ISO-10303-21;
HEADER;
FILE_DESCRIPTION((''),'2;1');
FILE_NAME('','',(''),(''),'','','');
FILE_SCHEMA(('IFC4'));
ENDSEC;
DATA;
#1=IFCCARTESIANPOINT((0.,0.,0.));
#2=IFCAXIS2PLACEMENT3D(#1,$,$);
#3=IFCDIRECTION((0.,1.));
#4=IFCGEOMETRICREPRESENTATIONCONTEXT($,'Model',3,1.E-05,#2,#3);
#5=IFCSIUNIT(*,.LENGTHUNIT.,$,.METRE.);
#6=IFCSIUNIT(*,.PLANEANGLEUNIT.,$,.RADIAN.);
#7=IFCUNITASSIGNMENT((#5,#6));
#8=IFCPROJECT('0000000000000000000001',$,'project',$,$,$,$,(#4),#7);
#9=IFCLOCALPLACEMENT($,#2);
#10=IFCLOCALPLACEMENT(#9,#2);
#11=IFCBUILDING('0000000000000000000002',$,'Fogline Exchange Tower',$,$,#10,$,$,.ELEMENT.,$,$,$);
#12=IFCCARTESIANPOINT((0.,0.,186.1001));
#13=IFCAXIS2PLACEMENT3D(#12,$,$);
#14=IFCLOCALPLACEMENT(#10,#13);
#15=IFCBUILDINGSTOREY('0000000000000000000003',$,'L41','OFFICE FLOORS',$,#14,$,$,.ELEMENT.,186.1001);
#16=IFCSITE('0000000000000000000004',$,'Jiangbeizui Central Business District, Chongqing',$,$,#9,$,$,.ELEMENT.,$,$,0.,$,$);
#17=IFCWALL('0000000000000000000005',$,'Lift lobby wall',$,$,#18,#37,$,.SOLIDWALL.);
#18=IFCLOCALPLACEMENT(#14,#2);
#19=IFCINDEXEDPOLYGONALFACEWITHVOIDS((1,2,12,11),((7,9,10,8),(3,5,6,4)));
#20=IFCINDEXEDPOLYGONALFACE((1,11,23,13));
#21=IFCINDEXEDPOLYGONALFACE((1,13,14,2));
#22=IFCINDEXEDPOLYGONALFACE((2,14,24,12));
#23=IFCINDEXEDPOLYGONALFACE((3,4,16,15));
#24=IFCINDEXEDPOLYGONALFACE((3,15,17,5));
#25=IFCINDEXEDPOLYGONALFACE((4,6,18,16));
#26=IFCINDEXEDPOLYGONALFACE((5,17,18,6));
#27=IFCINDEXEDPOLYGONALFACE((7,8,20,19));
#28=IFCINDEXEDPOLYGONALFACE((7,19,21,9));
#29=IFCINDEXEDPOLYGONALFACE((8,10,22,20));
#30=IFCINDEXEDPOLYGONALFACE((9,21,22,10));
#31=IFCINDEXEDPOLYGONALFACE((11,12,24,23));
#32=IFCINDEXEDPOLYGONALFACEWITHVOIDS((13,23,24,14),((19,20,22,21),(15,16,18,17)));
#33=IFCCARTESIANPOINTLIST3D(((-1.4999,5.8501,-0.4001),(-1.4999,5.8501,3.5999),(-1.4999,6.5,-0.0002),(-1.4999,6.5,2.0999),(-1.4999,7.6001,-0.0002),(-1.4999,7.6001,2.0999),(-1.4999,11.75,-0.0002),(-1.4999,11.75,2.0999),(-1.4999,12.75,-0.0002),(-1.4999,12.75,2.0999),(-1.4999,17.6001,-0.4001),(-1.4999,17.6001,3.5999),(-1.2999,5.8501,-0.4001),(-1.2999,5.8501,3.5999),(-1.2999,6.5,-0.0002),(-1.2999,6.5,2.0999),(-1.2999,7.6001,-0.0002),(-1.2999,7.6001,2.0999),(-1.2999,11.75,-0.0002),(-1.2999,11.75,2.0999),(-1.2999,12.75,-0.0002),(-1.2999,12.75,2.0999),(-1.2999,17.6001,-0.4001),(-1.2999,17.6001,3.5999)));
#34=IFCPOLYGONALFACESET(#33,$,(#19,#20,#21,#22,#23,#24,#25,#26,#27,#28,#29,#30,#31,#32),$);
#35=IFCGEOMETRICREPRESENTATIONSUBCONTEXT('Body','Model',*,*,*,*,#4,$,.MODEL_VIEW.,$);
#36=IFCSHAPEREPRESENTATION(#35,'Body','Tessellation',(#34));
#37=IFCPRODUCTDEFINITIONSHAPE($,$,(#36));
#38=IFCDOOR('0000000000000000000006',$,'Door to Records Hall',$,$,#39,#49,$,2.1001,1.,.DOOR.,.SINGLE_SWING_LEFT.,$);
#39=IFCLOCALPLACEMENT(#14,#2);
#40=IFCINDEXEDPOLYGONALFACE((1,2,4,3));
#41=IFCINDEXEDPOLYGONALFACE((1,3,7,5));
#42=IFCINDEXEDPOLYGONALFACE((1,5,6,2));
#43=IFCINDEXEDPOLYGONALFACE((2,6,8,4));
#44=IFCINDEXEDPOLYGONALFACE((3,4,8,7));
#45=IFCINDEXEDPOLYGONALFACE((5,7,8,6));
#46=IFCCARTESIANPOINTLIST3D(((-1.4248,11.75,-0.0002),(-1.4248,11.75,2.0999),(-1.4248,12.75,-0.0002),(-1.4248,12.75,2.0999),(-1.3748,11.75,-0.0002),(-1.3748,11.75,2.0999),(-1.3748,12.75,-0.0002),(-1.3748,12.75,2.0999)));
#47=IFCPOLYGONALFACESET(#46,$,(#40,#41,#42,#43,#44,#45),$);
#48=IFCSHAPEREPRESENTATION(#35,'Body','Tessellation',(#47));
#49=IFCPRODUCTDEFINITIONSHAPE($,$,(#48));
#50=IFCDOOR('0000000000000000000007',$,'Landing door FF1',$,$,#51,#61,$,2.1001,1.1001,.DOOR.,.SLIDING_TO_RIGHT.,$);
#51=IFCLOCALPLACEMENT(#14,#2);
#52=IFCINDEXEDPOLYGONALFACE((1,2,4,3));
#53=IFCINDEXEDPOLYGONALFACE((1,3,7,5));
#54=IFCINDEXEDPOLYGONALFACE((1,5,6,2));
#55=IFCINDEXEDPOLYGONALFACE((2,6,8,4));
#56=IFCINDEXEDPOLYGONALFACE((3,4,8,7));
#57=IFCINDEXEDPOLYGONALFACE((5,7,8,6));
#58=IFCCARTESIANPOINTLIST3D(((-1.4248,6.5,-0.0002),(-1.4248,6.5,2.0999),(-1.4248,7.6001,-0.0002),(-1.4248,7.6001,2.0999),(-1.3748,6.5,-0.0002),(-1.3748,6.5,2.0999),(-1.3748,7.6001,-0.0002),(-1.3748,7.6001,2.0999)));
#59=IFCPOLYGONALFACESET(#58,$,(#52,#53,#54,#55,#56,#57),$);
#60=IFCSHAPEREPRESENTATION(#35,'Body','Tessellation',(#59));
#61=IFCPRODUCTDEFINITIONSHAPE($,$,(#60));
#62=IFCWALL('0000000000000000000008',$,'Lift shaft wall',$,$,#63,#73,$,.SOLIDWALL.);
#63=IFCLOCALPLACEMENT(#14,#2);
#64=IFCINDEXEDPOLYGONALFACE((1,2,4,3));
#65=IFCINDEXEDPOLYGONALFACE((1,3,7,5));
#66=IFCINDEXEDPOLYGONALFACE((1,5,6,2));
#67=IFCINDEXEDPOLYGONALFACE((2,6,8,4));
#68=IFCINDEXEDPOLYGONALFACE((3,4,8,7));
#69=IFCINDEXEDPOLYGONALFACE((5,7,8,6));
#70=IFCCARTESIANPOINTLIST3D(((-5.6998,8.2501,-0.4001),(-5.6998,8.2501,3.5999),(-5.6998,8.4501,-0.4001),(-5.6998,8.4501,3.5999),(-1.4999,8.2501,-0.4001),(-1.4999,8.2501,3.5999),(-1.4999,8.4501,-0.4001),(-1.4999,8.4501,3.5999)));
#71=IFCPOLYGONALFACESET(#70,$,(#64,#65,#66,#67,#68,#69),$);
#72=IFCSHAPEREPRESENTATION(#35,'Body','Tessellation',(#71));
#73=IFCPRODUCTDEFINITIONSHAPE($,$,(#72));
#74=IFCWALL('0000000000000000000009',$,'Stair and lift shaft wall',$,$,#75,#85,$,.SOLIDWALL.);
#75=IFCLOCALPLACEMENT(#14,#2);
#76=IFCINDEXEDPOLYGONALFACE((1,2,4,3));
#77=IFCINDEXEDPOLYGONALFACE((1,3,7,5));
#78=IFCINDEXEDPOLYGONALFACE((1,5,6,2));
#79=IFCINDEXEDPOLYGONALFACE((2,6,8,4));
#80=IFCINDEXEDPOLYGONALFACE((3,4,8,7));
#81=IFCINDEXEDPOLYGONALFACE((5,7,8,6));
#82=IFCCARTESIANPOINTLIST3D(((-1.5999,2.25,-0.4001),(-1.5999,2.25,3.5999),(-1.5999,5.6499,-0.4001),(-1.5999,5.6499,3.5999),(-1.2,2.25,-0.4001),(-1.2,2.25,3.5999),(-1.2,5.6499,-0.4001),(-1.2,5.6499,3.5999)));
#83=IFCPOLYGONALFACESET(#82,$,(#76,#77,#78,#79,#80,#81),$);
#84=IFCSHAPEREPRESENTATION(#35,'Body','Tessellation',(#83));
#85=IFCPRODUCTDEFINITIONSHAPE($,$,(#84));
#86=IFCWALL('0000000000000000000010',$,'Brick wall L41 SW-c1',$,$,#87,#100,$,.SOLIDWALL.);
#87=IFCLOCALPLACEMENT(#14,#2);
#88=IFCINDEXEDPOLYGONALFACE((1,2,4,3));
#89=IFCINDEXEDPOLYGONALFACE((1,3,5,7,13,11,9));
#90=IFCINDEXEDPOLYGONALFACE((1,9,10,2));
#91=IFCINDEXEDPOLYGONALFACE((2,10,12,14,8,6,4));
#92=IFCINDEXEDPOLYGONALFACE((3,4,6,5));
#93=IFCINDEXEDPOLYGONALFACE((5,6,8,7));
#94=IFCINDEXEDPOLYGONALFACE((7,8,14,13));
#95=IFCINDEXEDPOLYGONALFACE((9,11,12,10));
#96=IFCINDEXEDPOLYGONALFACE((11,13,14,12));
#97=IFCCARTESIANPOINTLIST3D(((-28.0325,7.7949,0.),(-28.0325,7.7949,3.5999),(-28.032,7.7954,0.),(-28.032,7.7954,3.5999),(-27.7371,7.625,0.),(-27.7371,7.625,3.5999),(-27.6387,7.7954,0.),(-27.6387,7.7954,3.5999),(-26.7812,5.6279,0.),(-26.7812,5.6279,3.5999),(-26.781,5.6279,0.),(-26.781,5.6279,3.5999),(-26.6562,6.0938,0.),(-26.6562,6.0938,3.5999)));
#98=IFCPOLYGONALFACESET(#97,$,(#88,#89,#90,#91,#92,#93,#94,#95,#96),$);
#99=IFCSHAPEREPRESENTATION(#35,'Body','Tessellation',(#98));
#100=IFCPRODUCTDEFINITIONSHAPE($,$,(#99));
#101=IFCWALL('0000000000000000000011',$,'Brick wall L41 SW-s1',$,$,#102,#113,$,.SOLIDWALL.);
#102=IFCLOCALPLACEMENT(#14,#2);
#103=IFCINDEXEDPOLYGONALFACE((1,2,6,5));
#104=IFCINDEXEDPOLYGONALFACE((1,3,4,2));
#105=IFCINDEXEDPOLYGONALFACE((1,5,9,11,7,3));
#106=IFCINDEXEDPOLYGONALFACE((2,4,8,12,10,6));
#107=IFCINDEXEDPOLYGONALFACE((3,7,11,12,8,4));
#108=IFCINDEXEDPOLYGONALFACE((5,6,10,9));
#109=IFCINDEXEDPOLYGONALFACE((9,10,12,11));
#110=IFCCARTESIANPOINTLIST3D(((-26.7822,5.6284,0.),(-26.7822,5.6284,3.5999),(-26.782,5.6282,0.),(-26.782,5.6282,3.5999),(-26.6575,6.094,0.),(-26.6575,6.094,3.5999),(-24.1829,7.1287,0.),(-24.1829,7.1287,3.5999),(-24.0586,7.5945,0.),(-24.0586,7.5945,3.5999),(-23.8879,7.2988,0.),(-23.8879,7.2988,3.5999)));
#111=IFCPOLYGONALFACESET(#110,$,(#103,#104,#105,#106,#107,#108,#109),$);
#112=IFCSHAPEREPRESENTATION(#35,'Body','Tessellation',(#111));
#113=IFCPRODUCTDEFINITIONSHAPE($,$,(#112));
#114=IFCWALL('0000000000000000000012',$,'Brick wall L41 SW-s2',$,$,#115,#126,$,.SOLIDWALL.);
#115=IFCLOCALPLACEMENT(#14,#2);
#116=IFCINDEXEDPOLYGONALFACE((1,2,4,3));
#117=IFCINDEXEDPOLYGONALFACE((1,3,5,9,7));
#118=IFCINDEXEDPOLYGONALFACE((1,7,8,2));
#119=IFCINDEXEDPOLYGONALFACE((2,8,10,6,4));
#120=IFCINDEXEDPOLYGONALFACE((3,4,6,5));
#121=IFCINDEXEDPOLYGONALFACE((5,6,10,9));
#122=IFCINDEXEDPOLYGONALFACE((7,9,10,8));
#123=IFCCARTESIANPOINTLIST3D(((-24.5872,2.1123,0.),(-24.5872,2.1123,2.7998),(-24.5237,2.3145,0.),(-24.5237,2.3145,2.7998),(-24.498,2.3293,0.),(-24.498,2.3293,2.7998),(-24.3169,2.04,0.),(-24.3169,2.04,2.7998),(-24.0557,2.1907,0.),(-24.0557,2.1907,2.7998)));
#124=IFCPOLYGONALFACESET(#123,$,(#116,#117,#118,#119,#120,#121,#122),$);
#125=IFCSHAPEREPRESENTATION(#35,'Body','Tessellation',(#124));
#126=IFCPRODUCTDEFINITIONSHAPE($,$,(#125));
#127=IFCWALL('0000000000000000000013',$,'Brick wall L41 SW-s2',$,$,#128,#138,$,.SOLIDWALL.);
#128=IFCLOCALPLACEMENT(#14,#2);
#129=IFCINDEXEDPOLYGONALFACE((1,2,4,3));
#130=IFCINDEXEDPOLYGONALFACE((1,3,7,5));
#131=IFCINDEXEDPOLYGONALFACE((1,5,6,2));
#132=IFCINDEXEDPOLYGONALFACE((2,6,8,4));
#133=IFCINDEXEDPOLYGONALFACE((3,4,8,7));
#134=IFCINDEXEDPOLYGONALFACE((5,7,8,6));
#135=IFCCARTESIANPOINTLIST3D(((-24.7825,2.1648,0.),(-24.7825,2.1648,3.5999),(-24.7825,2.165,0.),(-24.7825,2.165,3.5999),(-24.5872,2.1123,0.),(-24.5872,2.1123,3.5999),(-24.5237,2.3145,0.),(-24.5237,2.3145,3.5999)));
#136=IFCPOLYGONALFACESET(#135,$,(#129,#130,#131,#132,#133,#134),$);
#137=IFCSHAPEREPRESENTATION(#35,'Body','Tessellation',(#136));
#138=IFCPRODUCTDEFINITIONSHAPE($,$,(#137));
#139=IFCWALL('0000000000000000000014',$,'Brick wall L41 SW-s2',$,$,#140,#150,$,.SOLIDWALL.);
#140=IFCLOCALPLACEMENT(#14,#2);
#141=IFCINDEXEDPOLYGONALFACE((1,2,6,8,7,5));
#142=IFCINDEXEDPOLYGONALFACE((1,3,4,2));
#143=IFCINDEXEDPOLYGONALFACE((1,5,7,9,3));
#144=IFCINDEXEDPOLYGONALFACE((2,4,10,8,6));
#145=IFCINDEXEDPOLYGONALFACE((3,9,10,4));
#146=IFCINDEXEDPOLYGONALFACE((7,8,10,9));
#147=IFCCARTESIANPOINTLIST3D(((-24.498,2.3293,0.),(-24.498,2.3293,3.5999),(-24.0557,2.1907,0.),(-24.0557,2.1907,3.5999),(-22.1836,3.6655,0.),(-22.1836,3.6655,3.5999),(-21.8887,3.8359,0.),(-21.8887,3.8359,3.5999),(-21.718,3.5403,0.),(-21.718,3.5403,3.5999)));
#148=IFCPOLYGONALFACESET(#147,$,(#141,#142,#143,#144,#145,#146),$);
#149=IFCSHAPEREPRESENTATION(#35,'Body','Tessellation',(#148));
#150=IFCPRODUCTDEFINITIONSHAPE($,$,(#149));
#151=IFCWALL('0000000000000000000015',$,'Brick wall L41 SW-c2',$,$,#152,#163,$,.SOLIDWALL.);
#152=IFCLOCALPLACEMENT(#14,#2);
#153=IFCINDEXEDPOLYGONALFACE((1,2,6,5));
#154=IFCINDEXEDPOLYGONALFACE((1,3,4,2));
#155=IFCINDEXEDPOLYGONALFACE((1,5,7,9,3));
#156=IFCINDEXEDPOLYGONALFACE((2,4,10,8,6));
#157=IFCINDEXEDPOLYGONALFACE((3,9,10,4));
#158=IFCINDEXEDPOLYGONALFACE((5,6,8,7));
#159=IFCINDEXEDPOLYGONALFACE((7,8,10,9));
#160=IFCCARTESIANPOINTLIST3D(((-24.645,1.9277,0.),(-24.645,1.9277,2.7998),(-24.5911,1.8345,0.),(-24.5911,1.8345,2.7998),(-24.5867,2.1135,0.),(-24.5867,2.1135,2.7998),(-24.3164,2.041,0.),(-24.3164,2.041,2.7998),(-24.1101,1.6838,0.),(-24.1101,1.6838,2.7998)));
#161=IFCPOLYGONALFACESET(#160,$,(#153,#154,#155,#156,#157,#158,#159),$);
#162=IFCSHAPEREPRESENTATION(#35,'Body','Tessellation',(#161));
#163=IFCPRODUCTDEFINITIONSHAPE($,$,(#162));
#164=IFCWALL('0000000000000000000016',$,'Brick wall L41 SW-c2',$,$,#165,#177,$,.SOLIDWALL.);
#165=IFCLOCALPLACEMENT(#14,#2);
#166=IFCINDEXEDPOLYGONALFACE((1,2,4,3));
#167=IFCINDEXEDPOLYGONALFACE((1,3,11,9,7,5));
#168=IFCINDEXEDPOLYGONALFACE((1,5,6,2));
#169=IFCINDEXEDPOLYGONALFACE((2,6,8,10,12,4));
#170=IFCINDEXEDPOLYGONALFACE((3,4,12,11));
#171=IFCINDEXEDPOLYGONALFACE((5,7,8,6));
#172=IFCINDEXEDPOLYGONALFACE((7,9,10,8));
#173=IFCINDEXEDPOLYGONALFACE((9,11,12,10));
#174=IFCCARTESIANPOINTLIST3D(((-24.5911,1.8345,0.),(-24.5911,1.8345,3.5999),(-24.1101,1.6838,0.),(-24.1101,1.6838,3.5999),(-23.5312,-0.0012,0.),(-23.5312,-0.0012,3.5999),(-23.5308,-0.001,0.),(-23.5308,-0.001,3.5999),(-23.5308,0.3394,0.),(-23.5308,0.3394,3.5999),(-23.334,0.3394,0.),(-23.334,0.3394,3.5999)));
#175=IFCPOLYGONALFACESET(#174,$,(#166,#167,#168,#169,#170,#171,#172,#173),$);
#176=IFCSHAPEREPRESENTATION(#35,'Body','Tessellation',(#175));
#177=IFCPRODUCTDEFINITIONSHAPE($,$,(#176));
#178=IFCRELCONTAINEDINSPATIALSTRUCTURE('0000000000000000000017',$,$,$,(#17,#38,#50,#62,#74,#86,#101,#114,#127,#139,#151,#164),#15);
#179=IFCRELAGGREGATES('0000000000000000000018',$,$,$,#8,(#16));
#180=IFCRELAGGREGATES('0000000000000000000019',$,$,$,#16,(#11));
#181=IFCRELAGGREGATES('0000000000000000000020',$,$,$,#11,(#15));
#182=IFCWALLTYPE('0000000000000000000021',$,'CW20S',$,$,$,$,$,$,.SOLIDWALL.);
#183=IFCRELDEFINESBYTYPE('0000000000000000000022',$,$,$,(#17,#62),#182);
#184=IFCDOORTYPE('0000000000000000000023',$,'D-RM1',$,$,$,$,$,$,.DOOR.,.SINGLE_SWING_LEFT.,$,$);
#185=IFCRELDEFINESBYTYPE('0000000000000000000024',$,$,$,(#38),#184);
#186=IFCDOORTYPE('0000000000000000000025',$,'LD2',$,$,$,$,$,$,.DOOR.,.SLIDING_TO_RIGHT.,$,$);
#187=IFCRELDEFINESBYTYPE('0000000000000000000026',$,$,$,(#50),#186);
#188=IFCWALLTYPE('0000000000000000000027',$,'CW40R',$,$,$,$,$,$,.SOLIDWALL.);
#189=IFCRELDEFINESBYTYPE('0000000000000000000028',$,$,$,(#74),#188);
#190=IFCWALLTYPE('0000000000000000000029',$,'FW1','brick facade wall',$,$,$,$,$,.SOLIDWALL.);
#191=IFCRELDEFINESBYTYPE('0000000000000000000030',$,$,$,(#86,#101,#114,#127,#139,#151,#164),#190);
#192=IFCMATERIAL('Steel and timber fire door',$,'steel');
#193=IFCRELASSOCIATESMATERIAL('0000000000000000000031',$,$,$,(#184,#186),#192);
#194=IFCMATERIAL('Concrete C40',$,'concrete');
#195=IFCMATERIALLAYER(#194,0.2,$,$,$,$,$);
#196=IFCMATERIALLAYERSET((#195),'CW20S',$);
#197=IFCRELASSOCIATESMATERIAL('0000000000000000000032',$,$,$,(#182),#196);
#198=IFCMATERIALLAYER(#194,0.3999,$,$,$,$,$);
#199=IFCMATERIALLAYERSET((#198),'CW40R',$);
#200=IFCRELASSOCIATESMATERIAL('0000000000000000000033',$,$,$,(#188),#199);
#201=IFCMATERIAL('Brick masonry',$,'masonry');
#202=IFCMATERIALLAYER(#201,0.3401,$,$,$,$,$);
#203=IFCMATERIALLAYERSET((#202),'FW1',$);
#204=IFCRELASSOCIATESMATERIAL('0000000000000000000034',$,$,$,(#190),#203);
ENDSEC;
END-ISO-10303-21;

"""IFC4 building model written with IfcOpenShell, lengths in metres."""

from ifc_helpers import new_model, si_unit, direction, frame, frame_2d, origin, place, context, subcontext, project, spatial, polyline, rectangle, outline, extrude, material, layer, layer_set, type_object, element, fill, save


model = new_model("IFC4")

# Units and contexts
model_context = context("Model", 3, precision=1e-05, world=origin(), true_north=direction((0.0, 1.0)))
body_context = subcontext(model_context, "Body", "Model", "MODEL_VIEW")
ifc_project = project(units=[si_unit("LENGTHUNIT", "METRE"), si_unit("PLANEANGLEUNIT", "RADIAN")], contexts=[model_context])

# Site, building, storey
site_placement = place(None, origin())
site = spatial("IfcSite", under=ifc_project, at=site_placement, Name="Jiangbeizui Central Business District, Chongqing", CompositionType="ELEMENT", RefElevation=0.0)
building_placement = place(site_placement, origin())
building = spatial("IfcBuilding", under=site, at=building_placement, Name="Fogline Exchange Tower", CompositionType="ELEMENT")
storey_placement = place(building_placement, frame((0.0, 0.0, 186.1001)))
storey = spatial("IfcBuildingStorey", under=building, at=storey_placement, Name="L41", Description="OFFICE FLOORS", CompositionType="ELEMENT", Elevation=186.1001)

# Shared definitions
ifc_material_1 = material(Name="Concrete C40", Category="concrete")

# Shared definitions
ifc_material_2 = material(Name="Steel and timber fire door", Category="steel")
door_type_1 = type_object("IfcDoorType", Name="D-RM1", OperationType="SINGLE_SWING_LEFT", PredefinedType="DOOR", material=ifc_material_2)
ifc_layer_1 = layer(ifc_material_1, 0.2)
ifc_layer_set_1 = layer_set([ifc_layer_1], Name="CW20S")
wall_type_1 = type_object("IfcWallType", Name="CW20S", PredefinedType="SOLIDWALL", material=ifc_layer_set_1)

# Wall, openings, doors
wall_1_placement = place(storey_placement, frame((-1.3999, 5.8501, -0.4001), z_axis=(0.0, 0.0, 1.0), x_axis=(0.0, 1.0, 0.0)))
wall_1 = element("IfcWall", 1, at=wall_1_placement, inside=storey, type_object=wall_type_1, Name="Lift lobby wall", PredefinedType="SOLIDWALL", context=body_context, shape_type="SweptSolid", body=[
    extrude(rectangle(XDim=11.75, YDim=0.2, at=frame_2d((5.875, 0.0))), origin(), (0.0, 0.0, 1.0), 4.0),
])
opening_1_placement = place(wall_1_placement, frame((0.6499, 0.0, 0.3999)))
opening_1 = element("IfcOpeningElement", 2, at=opening_1_placement, cuts=wall_1, PredefinedType="OPENING", context=body_context, shape_type="SweptSolid", body=[
    extrude(rectangle(XDim=1.1001, YDim=2.1001, at=frame_2d((0.55, 1.05))), frame((0.0, 0.1099, 0.0), z_axis=(0.0, -1.0, 0.0), x_axis=(1.0, 0.0, 0.0)), (0.0, 0.0, 1.0), 0.22),
])
opening_2_placement = place(wall_1_placement, frame((5.8999, 0.0, 0.3999)))
opening_2 = element("IfcOpeningElement", 3, at=opening_2_placement, cuts=wall_1, PredefinedType="OPENING", context=body_context, shape_type="SweptSolid", body=[
    extrude(rectangle(XDim=1.0, YDim=2.1001, at=frame_2d((0.5, 1.05))), frame((0.0, 0.1099, 0.0), z_axis=(0.0, -1.0, 0.0), x_axis=(1.0, 0.0, 0.0)), (0.0, 0.0, 1.0), 0.22),
])
door_1_placement = place(opening_2_placement, origin())
door_1 = element("IfcDoor", 4, at=door_1_placement, inside=storey, type_object=door_type_1, Name="Door to Records Hall", OperationType="SINGLE_SWING_LEFT", OverallHeight=2.1001, OverallWidth=1.0, PredefinedType="DOOR", context=body_context, shape_type="SweptSolid", body=[
    extrude(rectangle(XDim=1.0, YDim=2.1001, at=frame_2d((0.5, 1.05))), frame((0.0, 0.0249, 0.0), z_axis=(0.0, -1.0, 0.0), x_axis=(1.0, 0.0, 0.0)), (0.0, 0.0, 1.0), 0.05),
])
fill(opening_2, door_1)
door_type_2 = type_object("IfcDoorType", Name="LD2", OperationType="SLIDING_TO_RIGHT", PredefinedType="DOOR", material=ifc_material_2)
door_2_placement = place(opening_1_placement, origin())
door_2 = element("IfcDoor", 5, at=door_2_placement, inside=storey, type_object=door_type_2, Name="Landing door FF1", OperationType="SLIDING_TO_RIGHT", OverallHeight=2.1001, OverallWidth=1.1001, PredefinedType="DOOR", context=body_context, shape_type="SweptSolid", body=[
    extrude(rectangle(XDim=1.1001, YDim=2.1001, at=frame_2d((0.55, 1.05))), frame((0.0, 0.0249, 0.0), z_axis=(0.0, -1.0, 0.0), x_axis=(1.0, 0.0, 0.0)), (0.0, 0.0, 1.0), 0.05),
])
fill(opening_1, door_2)

# Walls
wall_2_placement = place(storey_placement, frame((-5.7, 8.3501, -0.4001), z_axis=(0.0, 0.0, 1.0), x_axis=(1.0, 0.0, 0.0)))
element("IfcWall", 6, at=wall_2_placement, inside=storey, type_object=wall_type_1, Name="Lift shaft wall", PredefinedType="SOLIDWALL", context=body_context, shape_type="SweptSolid", body=[
    extrude(rectangle(XDim=4.2, YDim=0.2, at=frame_2d((2.1001, 0.0))), origin(), (0.0, 0.0, 1.0), 4.0),
])
ifc_layer_2 = layer(ifc_material_1, 0.3999)
ifc_layer_set_2 = layer_set([ifc_layer_2], Name="CW40R")
wall_type_2 = type_object("IfcWallType", Name="CW40R", PredefinedType="SOLIDWALL", material=ifc_layer_set_2)
wall_3_placement = place(storey_placement, frame((-1.3999, 2.25, -0.4001), z_axis=(0.0, 0.0, 1.0), x_axis=(0.0, 1.0, 0.0)))
element("IfcWall", 7, at=wall_3_placement, inside=storey, type_object=wall_type_2, Name="Stair and lift shaft wall", PredefinedType="SOLIDWALL", context=body_context, shape_type="SweptSolid", body=[
    extrude(rectangle(XDim=3.3999, YDim=0.3999, at=frame_2d((1.7, 0.0))), origin(), (0.0, 0.0, 1.0), 4.0),
])
ifc_material_3 = material(Name="Brick masonry", Category="masonry")
ifc_layer_3 = layer(ifc_material_3, 0.3401)
ifc_layer_set_3 = layer_set([ifc_layer_3], Name="FW1")
wall_type_3 = type_object("IfcWallType", Name="FW1", Description="brick facade wall", PredefinedType="SOLIDWALL", material=ifc_layer_set_3)
wall_4_placement = place(storey_placement, origin())
element("IfcWall", 8, at=wall_4_placement, inside=storey, type_object=wall_type_3, Name="Brick wall L41 SW-c1", PredefinedType="SOLIDWALL", context=body_context, shape_type="SweptSolid", body=[
    extrude(outline(polyline([(-26.7812, 5.6279), (-28.0325, 7.7949), (-28.032, 7.7954), (-27.7371, 7.625), (-27.6387, 7.7954), (-26.6562, 6.0938), (-26.781, 5.6279), (-26.7812, 5.6279)])), origin(), (0.0, 0.0, 1.0), 3.5999),
])
wall_5_placement = place(storey_placement, origin())
element("IfcWall", 9, at=wall_5_placement, inside=storey, type_object=wall_type_3, Name="Brick wall L41 SW-s1", PredefinedType="SOLIDWALL", context=body_context, shape_type="SweptSolid", body=[
    extrude(outline(polyline([(-24.0586, 7.5945), (-23.8879, 7.2988), (-24.1829, 7.1287), (-26.782, 5.6282), (-26.7822, 5.6284), (-26.6575, 6.094), (-24.0586, 7.5945)])), origin(), (0.0, 0.0, 1.0), 3.5999),
])
wall_6_placement = place(storey_placement, origin())
element("IfcWall", 10, at=wall_6_placement, inside=storey, type_object=wall_type_3, Name="Brick wall L41 SW-s2", PredefinedType="SOLIDWALL", context=body_context, shape_type="SweptSolid", body=[
    extrude(outline(polyline([(-24.498, 2.3293), (-24.0557, 2.1907), (-24.3169, 2.04), (-24.5872, 2.1123), (-24.5237, 2.3145), (-24.498, 2.3293)])), origin(), (0.0, 0.0, 1.0), 2.7998),
])
wall_7_placement = place(storey_placement, origin())
element("IfcWall", 11, at=wall_7_placement, inside=storey, type_object=wall_type_3, Name="Brick wall L41 SW-s2", PredefinedType="SOLIDWALL", context=body_context, shape_type="SweptSolid", body=[
    extrude(outline(polyline([(-24.5237, 2.3145), (-24.5872, 2.1123), (-24.7825, 2.1648), (-24.7825, 2.165), (-24.5237, 2.3145)])), origin(), (0.0, 0.0, 1.0), 3.5999),
])
wall_8_placement = place(storey_placement, origin())
element("IfcWall", 12, at=wall_8_placement, inside=storey, type_object=wall_type_3, Name="Brick wall L41 SW-s2", PredefinedType="SOLIDWALL", context=body_context, shape_type="SweptSolid", body=[
    extrude(outline(polyline([(-22.1836, 3.6655), (-21.8887, 3.8359), (-21.718, 3.5403), (-24.0557, 2.1907), (-24.498, 2.3293), (-22.1836, 3.6655)])), origin(), (0.0, 0.0, 1.0), 3.5999),
])
wall_9_placement = place(storey_placement, origin())
element("IfcWall", 13, at=wall_9_placement, inside=storey, type_object=wall_type_3, Name="Brick wall L41 SW-c2", PredefinedType="SOLIDWALL", context=body_context, shape_type="SweptSolid", body=[
    extrude(outline(polyline([(-24.645, 1.9277), (-24.5867, 2.1135), (-24.3164, 2.041), (-24.1101, 1.6838), (-24.5911, 1.8345), (-24.645, 1.9277)])), origin(), (0.0, 0.0, 1.0), 2.7998),
])
wall_10_placement = place(storey_placement, origin())
element("IfcWall", 14, at=wall_10_placement, inside=storey, type_object=wall_type_3, Name="Brick wall L41 SW-c2", PredefinedType="SOLIDWALL", context=body_context, shape_type="SweptSolid", body=[
    extrude(outline(polyline([(-23.5308, 0.3394), (-23.5308, -0.001), (-23.5312, -0.0012), (-24.5911, 1.8345), (-24.1101, 1.6838), (-23.334, 0.3394), (-23.5308, 0.3394)])), origin(), (0.0, 0.0, 1.0), 3.5999),
])

save(model, "model.ifc")
